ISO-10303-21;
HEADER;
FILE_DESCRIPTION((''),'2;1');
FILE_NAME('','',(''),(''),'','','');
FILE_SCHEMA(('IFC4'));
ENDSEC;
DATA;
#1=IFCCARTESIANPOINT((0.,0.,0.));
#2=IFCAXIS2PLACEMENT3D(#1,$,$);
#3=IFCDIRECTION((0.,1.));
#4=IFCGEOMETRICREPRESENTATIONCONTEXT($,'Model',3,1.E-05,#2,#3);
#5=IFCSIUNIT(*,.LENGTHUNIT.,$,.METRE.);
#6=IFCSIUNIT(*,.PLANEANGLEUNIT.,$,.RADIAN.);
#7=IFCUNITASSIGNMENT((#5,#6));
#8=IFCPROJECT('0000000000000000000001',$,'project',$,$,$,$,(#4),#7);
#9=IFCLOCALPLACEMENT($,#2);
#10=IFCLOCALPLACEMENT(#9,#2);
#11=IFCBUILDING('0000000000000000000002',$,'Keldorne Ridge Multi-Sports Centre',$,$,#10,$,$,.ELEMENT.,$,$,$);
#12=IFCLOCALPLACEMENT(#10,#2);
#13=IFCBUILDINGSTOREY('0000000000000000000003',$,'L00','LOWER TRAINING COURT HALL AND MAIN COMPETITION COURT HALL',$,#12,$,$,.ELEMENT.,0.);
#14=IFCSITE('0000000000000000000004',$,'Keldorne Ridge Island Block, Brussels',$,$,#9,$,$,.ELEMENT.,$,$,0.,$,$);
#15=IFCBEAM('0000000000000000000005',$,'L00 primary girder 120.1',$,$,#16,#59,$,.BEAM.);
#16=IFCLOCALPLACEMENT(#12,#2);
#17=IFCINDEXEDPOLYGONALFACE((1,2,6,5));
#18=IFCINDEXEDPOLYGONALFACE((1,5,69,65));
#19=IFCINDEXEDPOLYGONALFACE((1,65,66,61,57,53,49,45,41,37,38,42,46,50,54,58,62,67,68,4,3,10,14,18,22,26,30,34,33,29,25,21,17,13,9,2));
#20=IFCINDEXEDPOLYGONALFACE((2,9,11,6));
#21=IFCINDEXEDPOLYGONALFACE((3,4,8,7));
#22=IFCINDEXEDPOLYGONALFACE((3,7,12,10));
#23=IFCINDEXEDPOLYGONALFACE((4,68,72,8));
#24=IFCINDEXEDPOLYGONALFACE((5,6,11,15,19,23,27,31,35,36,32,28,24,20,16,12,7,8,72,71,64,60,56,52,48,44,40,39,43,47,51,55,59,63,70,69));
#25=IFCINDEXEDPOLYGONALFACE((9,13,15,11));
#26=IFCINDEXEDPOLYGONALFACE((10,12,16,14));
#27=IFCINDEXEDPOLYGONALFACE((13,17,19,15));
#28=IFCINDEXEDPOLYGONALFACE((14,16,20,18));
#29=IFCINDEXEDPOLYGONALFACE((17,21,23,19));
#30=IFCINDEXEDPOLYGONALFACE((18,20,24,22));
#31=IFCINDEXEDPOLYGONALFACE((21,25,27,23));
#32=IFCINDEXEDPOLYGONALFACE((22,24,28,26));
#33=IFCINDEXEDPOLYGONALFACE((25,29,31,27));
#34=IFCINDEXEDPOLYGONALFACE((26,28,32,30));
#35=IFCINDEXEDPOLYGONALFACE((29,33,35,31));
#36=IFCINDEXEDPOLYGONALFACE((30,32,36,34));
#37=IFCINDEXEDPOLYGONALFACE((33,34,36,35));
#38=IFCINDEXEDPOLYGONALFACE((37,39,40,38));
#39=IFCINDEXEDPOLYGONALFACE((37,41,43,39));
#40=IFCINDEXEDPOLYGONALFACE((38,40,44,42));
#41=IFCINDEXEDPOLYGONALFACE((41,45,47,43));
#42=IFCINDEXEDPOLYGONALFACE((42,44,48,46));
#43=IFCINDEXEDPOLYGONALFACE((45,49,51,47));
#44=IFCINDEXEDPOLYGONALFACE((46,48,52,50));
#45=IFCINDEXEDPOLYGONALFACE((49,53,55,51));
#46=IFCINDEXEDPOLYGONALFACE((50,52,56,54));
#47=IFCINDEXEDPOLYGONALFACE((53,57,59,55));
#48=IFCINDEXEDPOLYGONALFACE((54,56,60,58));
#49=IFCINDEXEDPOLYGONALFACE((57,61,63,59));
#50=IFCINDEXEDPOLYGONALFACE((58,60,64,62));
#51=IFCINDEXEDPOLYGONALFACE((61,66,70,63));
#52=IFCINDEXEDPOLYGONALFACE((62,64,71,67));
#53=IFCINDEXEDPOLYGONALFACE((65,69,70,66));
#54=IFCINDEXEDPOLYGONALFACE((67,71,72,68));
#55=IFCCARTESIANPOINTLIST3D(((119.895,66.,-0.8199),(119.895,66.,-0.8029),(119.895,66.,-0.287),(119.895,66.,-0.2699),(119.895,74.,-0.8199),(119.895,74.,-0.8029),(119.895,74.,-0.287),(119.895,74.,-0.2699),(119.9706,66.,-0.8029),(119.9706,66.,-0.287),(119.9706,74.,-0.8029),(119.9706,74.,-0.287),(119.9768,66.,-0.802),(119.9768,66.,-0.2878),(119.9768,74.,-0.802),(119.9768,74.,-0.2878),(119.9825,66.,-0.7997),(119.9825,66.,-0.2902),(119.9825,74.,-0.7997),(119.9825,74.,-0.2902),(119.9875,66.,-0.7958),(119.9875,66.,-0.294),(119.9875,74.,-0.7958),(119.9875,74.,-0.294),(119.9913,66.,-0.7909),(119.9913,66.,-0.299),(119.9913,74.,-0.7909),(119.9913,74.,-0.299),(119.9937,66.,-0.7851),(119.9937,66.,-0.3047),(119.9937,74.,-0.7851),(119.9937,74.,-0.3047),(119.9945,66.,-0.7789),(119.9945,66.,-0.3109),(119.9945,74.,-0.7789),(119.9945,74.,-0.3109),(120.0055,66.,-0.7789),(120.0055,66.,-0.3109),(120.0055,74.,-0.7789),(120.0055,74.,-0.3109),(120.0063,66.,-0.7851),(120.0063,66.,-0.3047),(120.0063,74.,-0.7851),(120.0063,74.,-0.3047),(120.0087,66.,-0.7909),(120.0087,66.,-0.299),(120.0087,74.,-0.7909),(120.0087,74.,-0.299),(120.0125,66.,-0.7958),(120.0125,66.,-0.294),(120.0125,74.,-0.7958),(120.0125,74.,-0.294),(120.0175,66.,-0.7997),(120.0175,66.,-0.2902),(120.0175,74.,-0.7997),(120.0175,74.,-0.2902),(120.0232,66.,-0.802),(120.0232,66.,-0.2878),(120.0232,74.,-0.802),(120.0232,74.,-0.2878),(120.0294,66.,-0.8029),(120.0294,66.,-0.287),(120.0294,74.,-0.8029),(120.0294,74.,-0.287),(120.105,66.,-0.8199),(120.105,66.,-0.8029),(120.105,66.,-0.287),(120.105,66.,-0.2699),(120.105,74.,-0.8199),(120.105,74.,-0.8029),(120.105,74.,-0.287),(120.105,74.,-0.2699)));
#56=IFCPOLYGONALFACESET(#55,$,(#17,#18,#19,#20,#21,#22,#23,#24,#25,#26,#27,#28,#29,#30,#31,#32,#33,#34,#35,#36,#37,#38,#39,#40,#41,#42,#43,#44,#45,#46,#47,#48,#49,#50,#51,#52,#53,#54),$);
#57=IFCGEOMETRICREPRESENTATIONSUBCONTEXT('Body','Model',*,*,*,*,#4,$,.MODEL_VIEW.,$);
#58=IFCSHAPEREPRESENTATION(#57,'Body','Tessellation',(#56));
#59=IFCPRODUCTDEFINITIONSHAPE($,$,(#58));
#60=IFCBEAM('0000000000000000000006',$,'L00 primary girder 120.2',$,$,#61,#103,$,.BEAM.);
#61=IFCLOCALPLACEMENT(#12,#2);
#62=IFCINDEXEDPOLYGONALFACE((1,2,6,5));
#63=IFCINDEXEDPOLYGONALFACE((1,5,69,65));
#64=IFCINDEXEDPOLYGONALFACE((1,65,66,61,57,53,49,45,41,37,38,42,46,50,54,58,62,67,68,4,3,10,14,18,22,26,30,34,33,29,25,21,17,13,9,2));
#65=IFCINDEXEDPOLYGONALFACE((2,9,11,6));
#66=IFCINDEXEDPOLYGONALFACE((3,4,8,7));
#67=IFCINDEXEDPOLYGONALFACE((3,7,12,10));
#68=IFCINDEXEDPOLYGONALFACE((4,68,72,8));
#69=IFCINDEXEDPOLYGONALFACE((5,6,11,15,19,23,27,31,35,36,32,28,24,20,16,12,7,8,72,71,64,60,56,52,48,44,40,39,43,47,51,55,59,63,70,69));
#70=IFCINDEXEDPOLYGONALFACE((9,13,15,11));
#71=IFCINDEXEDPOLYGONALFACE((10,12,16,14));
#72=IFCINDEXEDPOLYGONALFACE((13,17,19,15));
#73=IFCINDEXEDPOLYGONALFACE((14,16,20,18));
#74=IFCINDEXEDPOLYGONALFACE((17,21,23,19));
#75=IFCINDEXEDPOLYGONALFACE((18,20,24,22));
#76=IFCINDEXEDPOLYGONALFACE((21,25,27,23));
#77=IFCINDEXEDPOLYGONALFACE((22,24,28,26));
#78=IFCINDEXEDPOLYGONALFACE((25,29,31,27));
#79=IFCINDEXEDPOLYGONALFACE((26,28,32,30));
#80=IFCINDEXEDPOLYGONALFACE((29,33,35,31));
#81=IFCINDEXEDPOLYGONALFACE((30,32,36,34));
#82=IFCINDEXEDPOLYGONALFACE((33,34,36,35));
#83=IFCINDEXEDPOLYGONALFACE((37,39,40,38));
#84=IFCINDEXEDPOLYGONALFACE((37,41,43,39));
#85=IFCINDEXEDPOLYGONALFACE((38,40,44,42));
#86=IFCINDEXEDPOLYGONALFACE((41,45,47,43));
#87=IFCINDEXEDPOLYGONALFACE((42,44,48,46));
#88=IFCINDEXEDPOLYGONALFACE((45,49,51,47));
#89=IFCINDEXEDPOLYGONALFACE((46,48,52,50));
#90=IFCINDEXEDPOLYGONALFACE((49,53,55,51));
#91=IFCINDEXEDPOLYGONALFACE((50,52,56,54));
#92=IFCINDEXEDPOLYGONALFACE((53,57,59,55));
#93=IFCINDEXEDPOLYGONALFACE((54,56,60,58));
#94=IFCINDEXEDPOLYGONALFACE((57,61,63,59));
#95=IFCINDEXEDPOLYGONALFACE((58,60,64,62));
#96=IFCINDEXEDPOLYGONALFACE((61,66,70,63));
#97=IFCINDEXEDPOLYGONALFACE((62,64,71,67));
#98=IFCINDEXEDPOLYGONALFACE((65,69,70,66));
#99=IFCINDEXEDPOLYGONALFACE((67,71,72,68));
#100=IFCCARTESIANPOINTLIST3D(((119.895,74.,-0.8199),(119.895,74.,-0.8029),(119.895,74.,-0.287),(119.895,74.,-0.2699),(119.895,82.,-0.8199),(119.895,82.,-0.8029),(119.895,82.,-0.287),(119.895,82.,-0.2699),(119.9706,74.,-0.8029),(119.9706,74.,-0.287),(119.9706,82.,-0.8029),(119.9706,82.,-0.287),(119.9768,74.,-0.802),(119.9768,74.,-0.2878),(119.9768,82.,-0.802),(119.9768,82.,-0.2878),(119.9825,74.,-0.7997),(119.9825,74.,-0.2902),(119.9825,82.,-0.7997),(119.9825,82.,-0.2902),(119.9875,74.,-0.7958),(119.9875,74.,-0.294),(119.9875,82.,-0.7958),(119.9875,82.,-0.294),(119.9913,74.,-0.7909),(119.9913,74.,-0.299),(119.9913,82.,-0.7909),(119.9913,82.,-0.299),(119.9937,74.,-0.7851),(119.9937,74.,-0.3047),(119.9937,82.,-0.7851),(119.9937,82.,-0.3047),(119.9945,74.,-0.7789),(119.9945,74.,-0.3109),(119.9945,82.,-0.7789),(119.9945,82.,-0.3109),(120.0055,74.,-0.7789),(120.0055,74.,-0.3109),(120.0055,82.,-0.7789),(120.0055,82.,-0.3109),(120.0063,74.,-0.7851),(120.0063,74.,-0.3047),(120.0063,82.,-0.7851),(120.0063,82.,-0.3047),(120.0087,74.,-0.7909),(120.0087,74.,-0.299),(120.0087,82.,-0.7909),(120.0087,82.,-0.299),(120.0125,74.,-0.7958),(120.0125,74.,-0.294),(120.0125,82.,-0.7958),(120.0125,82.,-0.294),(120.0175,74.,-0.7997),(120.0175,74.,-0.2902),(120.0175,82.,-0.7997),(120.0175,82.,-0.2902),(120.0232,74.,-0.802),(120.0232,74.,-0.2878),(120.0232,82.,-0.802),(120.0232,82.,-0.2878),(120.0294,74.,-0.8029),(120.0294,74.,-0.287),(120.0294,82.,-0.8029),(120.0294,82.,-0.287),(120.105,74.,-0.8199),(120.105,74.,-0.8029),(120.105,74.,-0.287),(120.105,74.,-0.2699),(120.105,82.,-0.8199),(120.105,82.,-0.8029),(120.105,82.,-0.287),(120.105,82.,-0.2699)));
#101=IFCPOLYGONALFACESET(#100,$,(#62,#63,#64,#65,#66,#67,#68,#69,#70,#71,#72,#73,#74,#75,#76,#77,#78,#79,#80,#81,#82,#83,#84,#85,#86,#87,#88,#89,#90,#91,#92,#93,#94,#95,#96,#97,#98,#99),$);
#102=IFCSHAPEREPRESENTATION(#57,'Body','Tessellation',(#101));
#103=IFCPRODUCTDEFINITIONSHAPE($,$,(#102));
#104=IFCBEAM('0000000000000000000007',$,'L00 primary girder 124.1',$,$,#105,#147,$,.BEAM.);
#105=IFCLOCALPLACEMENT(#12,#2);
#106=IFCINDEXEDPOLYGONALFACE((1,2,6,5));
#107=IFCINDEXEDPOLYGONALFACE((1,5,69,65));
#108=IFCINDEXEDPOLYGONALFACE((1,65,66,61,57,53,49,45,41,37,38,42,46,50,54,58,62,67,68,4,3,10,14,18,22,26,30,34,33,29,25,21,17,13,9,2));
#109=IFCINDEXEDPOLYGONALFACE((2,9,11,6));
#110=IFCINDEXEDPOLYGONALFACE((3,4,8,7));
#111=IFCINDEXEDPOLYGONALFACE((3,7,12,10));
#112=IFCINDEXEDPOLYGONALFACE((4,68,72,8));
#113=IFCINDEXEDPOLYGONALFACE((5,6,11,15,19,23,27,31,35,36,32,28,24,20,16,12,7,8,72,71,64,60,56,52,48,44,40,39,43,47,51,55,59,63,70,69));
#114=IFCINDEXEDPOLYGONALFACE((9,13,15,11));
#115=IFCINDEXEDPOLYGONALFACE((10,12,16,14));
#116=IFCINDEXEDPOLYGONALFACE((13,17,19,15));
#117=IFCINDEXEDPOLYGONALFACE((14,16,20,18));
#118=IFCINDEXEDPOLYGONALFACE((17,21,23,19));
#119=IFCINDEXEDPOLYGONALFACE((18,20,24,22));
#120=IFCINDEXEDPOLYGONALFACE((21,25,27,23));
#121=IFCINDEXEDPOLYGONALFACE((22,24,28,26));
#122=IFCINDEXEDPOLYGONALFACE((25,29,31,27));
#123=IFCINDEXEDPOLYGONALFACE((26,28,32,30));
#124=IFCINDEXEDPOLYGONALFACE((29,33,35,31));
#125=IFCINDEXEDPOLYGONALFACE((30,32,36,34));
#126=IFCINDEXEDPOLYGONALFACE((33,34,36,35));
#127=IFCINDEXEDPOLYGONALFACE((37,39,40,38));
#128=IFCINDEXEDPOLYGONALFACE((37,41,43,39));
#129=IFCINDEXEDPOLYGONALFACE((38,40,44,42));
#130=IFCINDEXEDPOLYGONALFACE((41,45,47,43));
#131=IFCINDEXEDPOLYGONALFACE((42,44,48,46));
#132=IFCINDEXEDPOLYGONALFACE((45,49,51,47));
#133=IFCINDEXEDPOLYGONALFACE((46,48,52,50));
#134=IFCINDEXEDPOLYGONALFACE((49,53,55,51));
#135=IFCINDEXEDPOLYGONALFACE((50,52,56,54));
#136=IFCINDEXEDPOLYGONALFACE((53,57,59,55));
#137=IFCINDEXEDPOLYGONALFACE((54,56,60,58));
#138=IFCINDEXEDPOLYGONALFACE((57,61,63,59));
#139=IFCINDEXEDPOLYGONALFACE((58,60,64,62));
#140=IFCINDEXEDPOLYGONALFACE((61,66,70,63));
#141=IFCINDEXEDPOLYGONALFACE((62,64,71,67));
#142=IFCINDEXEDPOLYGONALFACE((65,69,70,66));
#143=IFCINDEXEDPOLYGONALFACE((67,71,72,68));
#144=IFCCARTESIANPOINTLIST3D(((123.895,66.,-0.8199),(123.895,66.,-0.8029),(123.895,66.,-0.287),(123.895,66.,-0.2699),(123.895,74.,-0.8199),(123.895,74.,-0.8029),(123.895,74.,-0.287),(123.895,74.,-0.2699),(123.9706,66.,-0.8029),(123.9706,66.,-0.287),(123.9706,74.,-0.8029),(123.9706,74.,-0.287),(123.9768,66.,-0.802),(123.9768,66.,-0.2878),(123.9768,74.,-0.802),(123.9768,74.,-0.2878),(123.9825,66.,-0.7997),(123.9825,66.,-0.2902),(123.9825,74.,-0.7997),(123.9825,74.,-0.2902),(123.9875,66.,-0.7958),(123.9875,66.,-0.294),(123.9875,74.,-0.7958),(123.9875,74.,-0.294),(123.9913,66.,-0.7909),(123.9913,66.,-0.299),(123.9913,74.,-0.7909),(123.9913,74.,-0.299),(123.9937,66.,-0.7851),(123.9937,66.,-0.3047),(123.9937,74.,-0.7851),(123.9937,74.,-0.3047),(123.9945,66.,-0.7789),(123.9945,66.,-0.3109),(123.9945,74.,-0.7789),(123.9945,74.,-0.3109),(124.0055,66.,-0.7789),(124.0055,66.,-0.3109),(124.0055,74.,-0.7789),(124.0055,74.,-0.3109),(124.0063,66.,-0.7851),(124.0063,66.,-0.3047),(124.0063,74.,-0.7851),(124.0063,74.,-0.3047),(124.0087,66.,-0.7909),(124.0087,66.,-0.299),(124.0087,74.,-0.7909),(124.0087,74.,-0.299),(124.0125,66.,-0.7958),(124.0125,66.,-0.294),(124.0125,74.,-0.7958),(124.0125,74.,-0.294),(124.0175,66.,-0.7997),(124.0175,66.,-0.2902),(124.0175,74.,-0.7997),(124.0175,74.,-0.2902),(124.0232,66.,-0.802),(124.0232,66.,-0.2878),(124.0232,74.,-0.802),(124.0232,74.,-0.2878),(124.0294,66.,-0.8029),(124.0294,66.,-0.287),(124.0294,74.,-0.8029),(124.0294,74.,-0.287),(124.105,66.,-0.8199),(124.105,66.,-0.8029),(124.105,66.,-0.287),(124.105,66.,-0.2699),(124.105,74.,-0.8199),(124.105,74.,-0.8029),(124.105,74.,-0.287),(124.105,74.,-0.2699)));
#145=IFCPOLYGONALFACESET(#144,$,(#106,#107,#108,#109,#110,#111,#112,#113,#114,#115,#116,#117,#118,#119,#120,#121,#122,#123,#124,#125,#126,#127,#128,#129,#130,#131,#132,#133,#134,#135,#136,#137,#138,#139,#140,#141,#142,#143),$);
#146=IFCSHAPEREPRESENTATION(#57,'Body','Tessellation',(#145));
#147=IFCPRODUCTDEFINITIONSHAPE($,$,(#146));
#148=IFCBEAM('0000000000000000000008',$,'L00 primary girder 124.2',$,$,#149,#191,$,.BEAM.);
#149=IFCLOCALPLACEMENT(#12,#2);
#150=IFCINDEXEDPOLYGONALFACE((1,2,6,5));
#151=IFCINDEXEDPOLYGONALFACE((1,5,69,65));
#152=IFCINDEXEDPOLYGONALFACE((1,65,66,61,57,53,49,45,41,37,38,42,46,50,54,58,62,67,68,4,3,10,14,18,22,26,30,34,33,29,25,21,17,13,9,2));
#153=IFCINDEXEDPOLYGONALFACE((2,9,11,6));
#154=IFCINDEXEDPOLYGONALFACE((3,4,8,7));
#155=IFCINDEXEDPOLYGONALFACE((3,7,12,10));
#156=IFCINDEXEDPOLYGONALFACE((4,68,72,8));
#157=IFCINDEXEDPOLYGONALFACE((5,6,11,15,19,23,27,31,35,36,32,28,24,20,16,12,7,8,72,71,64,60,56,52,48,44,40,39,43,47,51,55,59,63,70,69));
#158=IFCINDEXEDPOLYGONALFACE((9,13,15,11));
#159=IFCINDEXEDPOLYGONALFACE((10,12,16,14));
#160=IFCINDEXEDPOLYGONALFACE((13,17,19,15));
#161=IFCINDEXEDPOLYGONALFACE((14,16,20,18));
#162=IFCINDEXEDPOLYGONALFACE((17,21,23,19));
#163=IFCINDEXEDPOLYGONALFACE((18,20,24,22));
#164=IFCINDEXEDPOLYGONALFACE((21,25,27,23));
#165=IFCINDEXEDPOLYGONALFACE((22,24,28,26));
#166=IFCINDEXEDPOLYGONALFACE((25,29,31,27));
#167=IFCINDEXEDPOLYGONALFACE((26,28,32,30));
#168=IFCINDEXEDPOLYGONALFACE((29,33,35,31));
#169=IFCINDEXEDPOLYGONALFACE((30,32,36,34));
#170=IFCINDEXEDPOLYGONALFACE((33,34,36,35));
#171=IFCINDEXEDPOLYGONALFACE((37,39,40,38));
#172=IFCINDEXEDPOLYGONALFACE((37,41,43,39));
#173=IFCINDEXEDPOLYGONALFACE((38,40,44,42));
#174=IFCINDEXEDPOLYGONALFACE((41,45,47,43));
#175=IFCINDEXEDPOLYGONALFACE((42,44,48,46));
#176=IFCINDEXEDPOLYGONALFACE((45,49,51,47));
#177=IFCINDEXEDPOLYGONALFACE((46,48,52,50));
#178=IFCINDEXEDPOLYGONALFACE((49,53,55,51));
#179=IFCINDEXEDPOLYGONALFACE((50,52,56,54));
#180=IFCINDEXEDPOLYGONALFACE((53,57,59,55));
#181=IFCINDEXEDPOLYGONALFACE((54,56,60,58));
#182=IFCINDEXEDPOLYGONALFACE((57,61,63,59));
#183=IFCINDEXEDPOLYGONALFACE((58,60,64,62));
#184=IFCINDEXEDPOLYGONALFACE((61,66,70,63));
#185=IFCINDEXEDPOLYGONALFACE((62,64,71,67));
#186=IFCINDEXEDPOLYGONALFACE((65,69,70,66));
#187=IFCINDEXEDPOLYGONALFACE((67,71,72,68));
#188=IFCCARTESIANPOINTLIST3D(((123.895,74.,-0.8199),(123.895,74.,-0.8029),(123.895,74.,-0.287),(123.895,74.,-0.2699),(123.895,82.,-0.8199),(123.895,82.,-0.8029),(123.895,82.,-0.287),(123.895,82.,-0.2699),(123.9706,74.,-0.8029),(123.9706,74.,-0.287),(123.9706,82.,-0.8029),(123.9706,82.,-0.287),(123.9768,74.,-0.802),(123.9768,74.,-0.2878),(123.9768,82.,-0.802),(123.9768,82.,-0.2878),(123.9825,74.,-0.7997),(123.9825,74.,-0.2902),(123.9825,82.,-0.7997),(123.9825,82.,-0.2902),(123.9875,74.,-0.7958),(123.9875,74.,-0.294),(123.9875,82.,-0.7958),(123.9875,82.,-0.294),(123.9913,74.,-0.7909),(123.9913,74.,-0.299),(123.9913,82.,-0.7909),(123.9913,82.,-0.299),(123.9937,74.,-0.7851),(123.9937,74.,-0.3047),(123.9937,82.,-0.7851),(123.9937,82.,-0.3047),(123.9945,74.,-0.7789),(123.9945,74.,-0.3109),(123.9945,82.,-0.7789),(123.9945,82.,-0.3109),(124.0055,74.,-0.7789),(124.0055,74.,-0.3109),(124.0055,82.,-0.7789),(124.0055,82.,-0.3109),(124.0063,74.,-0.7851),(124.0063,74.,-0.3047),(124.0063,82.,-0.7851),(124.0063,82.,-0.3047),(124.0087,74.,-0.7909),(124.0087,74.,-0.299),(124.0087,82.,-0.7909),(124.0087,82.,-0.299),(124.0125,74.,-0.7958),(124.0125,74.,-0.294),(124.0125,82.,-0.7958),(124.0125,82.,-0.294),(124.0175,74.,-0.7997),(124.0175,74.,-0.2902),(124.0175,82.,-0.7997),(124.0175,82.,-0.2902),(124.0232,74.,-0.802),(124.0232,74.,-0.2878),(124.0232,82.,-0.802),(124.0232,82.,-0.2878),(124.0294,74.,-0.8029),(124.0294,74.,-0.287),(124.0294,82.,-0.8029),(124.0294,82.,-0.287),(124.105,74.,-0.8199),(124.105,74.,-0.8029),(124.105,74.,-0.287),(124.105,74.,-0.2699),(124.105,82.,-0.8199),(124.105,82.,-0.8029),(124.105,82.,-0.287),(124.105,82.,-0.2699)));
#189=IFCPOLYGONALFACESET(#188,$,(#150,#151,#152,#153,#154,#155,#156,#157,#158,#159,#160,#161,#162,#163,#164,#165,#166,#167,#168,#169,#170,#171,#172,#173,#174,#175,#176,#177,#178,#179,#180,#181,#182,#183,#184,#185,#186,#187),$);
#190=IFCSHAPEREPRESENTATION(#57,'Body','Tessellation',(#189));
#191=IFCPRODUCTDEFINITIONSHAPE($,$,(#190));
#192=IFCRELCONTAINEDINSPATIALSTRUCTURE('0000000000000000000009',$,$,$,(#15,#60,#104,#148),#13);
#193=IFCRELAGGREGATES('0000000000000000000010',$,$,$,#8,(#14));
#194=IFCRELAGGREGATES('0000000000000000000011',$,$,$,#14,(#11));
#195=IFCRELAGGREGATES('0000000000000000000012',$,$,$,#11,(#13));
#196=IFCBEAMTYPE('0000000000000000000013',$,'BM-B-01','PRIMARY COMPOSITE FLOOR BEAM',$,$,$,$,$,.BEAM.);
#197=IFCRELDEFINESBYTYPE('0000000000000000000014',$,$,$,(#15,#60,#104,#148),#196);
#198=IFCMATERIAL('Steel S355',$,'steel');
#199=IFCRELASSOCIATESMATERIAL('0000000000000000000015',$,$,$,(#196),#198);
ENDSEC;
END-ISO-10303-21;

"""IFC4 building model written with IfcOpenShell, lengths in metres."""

from ifc_helpers import new_model, si_unit, direction, frame, origin, origin_2d, place, context, subcontext, project, spatial, i_section, extrude, material, material_profile, profile_set, type_object, element, save


model = new_model("IFC4")

# Units and contexts
model_context = context("Model", 3, precision=1e-05, world=origin(), true_north=direction((0.0, 1.0)))
body_context = subcontext(model_context, "Body", "Model", "MODEL_VIEW")
ifc_project = project(units=[si_unit("LENGTHUNIT", "METRE"), si_unit("PLANEANGLEUNIT", "RADIAN")], contexts=[model_context])

# Site, building, storey
site_placement = place(None, origin())
site = spatial("IfcSite", under=ifc_project, at=site_placement, Name="Keldorne Ridge Island Block, Brussels", CompositionType="ELEMENT", RefElevation=0.0)
building_placement = place(site_placement, origin())
building = spatial("IfcBuilding", under=site, at=building_placement, Name="Keldorne Ridge Multi-Sports Centre", CompositionType="ELEMENT")
storey_placement = place(building_placement, origin())
storey = spatial("IfcBuildingStorey", under=building, at=storey_placement, Name="L00", Description="LOWER TRAINING COURT HALL AND MAIN COMPETITION COURT HALL", CompositionType="ELEMENT", Elevation=0.0)

# Shared definitions
ifc_material_1 = material(Name="Steel S355", Category="steel")

# Beams
ifc_material_profile_1 = material_profile(ifc_material_1, i_section(OverallWidth=0.21, OverallDepth=0.55, WebThickness=0.011, FlangeThickness=0.0171, FilletRadius=0.0239, at=origin_2d()), Name="IPE 550")
ifc_profile_set_1 = profile_set([ifc_material_profile_1], Name="Steel S355")
beam_type_1 = type_object("IfcBeamType", Name="BM-B-01", Description="PRIMARY COMPOSITE FLOOR BEAM", PredefinedType="BEAM", material=ifc_profile_set_1)
for number, where, z_axis, x_axis, name in (
    (1, (120.0, 66.0, -0.5449), (0.0, 1.0, 0.0), (-1.0, 0.0, 0.0), "L00 primary girder 120.1"),
    (2, (120.0, 74.0, -0.5449), (0.0, 1.0, 0.0), (-1.0, 0.0, 0.0), "L00 primary girder 120.2"),
    (3, (124.0, 66.0, -0.5449), (0.0, 1.0, 0.0), (-1.0, 0.0, 0.0), "L00 primary girder 124.1"),
    (4, (124.0, 74.0, -0.5449), (0.0, 1.0, 0.0), (-1.0, 0.0, 0.0), "L00 primary girder 124.2"),
):
    element("IfcBeam", number, at=place(storey_placement, frame(where, z_axis=z_axis, x_axis=x_axis)), inside=storey, type_object=beam_type_1, Name=name, PredefinedType="BEAM", context=body_context, shape_type="SweptSolid", body=[
        extrude(i_section(OverallWidth=0.21, OverallDepth=0.55, WebThickness=0.011, FlangeThickness=0.0171, FilletRadius=0.0239, at=origin_2d()), origin(), (0.0, 0.0, 1.0), 8.0),
    ])

save(model, "model.ifc")
